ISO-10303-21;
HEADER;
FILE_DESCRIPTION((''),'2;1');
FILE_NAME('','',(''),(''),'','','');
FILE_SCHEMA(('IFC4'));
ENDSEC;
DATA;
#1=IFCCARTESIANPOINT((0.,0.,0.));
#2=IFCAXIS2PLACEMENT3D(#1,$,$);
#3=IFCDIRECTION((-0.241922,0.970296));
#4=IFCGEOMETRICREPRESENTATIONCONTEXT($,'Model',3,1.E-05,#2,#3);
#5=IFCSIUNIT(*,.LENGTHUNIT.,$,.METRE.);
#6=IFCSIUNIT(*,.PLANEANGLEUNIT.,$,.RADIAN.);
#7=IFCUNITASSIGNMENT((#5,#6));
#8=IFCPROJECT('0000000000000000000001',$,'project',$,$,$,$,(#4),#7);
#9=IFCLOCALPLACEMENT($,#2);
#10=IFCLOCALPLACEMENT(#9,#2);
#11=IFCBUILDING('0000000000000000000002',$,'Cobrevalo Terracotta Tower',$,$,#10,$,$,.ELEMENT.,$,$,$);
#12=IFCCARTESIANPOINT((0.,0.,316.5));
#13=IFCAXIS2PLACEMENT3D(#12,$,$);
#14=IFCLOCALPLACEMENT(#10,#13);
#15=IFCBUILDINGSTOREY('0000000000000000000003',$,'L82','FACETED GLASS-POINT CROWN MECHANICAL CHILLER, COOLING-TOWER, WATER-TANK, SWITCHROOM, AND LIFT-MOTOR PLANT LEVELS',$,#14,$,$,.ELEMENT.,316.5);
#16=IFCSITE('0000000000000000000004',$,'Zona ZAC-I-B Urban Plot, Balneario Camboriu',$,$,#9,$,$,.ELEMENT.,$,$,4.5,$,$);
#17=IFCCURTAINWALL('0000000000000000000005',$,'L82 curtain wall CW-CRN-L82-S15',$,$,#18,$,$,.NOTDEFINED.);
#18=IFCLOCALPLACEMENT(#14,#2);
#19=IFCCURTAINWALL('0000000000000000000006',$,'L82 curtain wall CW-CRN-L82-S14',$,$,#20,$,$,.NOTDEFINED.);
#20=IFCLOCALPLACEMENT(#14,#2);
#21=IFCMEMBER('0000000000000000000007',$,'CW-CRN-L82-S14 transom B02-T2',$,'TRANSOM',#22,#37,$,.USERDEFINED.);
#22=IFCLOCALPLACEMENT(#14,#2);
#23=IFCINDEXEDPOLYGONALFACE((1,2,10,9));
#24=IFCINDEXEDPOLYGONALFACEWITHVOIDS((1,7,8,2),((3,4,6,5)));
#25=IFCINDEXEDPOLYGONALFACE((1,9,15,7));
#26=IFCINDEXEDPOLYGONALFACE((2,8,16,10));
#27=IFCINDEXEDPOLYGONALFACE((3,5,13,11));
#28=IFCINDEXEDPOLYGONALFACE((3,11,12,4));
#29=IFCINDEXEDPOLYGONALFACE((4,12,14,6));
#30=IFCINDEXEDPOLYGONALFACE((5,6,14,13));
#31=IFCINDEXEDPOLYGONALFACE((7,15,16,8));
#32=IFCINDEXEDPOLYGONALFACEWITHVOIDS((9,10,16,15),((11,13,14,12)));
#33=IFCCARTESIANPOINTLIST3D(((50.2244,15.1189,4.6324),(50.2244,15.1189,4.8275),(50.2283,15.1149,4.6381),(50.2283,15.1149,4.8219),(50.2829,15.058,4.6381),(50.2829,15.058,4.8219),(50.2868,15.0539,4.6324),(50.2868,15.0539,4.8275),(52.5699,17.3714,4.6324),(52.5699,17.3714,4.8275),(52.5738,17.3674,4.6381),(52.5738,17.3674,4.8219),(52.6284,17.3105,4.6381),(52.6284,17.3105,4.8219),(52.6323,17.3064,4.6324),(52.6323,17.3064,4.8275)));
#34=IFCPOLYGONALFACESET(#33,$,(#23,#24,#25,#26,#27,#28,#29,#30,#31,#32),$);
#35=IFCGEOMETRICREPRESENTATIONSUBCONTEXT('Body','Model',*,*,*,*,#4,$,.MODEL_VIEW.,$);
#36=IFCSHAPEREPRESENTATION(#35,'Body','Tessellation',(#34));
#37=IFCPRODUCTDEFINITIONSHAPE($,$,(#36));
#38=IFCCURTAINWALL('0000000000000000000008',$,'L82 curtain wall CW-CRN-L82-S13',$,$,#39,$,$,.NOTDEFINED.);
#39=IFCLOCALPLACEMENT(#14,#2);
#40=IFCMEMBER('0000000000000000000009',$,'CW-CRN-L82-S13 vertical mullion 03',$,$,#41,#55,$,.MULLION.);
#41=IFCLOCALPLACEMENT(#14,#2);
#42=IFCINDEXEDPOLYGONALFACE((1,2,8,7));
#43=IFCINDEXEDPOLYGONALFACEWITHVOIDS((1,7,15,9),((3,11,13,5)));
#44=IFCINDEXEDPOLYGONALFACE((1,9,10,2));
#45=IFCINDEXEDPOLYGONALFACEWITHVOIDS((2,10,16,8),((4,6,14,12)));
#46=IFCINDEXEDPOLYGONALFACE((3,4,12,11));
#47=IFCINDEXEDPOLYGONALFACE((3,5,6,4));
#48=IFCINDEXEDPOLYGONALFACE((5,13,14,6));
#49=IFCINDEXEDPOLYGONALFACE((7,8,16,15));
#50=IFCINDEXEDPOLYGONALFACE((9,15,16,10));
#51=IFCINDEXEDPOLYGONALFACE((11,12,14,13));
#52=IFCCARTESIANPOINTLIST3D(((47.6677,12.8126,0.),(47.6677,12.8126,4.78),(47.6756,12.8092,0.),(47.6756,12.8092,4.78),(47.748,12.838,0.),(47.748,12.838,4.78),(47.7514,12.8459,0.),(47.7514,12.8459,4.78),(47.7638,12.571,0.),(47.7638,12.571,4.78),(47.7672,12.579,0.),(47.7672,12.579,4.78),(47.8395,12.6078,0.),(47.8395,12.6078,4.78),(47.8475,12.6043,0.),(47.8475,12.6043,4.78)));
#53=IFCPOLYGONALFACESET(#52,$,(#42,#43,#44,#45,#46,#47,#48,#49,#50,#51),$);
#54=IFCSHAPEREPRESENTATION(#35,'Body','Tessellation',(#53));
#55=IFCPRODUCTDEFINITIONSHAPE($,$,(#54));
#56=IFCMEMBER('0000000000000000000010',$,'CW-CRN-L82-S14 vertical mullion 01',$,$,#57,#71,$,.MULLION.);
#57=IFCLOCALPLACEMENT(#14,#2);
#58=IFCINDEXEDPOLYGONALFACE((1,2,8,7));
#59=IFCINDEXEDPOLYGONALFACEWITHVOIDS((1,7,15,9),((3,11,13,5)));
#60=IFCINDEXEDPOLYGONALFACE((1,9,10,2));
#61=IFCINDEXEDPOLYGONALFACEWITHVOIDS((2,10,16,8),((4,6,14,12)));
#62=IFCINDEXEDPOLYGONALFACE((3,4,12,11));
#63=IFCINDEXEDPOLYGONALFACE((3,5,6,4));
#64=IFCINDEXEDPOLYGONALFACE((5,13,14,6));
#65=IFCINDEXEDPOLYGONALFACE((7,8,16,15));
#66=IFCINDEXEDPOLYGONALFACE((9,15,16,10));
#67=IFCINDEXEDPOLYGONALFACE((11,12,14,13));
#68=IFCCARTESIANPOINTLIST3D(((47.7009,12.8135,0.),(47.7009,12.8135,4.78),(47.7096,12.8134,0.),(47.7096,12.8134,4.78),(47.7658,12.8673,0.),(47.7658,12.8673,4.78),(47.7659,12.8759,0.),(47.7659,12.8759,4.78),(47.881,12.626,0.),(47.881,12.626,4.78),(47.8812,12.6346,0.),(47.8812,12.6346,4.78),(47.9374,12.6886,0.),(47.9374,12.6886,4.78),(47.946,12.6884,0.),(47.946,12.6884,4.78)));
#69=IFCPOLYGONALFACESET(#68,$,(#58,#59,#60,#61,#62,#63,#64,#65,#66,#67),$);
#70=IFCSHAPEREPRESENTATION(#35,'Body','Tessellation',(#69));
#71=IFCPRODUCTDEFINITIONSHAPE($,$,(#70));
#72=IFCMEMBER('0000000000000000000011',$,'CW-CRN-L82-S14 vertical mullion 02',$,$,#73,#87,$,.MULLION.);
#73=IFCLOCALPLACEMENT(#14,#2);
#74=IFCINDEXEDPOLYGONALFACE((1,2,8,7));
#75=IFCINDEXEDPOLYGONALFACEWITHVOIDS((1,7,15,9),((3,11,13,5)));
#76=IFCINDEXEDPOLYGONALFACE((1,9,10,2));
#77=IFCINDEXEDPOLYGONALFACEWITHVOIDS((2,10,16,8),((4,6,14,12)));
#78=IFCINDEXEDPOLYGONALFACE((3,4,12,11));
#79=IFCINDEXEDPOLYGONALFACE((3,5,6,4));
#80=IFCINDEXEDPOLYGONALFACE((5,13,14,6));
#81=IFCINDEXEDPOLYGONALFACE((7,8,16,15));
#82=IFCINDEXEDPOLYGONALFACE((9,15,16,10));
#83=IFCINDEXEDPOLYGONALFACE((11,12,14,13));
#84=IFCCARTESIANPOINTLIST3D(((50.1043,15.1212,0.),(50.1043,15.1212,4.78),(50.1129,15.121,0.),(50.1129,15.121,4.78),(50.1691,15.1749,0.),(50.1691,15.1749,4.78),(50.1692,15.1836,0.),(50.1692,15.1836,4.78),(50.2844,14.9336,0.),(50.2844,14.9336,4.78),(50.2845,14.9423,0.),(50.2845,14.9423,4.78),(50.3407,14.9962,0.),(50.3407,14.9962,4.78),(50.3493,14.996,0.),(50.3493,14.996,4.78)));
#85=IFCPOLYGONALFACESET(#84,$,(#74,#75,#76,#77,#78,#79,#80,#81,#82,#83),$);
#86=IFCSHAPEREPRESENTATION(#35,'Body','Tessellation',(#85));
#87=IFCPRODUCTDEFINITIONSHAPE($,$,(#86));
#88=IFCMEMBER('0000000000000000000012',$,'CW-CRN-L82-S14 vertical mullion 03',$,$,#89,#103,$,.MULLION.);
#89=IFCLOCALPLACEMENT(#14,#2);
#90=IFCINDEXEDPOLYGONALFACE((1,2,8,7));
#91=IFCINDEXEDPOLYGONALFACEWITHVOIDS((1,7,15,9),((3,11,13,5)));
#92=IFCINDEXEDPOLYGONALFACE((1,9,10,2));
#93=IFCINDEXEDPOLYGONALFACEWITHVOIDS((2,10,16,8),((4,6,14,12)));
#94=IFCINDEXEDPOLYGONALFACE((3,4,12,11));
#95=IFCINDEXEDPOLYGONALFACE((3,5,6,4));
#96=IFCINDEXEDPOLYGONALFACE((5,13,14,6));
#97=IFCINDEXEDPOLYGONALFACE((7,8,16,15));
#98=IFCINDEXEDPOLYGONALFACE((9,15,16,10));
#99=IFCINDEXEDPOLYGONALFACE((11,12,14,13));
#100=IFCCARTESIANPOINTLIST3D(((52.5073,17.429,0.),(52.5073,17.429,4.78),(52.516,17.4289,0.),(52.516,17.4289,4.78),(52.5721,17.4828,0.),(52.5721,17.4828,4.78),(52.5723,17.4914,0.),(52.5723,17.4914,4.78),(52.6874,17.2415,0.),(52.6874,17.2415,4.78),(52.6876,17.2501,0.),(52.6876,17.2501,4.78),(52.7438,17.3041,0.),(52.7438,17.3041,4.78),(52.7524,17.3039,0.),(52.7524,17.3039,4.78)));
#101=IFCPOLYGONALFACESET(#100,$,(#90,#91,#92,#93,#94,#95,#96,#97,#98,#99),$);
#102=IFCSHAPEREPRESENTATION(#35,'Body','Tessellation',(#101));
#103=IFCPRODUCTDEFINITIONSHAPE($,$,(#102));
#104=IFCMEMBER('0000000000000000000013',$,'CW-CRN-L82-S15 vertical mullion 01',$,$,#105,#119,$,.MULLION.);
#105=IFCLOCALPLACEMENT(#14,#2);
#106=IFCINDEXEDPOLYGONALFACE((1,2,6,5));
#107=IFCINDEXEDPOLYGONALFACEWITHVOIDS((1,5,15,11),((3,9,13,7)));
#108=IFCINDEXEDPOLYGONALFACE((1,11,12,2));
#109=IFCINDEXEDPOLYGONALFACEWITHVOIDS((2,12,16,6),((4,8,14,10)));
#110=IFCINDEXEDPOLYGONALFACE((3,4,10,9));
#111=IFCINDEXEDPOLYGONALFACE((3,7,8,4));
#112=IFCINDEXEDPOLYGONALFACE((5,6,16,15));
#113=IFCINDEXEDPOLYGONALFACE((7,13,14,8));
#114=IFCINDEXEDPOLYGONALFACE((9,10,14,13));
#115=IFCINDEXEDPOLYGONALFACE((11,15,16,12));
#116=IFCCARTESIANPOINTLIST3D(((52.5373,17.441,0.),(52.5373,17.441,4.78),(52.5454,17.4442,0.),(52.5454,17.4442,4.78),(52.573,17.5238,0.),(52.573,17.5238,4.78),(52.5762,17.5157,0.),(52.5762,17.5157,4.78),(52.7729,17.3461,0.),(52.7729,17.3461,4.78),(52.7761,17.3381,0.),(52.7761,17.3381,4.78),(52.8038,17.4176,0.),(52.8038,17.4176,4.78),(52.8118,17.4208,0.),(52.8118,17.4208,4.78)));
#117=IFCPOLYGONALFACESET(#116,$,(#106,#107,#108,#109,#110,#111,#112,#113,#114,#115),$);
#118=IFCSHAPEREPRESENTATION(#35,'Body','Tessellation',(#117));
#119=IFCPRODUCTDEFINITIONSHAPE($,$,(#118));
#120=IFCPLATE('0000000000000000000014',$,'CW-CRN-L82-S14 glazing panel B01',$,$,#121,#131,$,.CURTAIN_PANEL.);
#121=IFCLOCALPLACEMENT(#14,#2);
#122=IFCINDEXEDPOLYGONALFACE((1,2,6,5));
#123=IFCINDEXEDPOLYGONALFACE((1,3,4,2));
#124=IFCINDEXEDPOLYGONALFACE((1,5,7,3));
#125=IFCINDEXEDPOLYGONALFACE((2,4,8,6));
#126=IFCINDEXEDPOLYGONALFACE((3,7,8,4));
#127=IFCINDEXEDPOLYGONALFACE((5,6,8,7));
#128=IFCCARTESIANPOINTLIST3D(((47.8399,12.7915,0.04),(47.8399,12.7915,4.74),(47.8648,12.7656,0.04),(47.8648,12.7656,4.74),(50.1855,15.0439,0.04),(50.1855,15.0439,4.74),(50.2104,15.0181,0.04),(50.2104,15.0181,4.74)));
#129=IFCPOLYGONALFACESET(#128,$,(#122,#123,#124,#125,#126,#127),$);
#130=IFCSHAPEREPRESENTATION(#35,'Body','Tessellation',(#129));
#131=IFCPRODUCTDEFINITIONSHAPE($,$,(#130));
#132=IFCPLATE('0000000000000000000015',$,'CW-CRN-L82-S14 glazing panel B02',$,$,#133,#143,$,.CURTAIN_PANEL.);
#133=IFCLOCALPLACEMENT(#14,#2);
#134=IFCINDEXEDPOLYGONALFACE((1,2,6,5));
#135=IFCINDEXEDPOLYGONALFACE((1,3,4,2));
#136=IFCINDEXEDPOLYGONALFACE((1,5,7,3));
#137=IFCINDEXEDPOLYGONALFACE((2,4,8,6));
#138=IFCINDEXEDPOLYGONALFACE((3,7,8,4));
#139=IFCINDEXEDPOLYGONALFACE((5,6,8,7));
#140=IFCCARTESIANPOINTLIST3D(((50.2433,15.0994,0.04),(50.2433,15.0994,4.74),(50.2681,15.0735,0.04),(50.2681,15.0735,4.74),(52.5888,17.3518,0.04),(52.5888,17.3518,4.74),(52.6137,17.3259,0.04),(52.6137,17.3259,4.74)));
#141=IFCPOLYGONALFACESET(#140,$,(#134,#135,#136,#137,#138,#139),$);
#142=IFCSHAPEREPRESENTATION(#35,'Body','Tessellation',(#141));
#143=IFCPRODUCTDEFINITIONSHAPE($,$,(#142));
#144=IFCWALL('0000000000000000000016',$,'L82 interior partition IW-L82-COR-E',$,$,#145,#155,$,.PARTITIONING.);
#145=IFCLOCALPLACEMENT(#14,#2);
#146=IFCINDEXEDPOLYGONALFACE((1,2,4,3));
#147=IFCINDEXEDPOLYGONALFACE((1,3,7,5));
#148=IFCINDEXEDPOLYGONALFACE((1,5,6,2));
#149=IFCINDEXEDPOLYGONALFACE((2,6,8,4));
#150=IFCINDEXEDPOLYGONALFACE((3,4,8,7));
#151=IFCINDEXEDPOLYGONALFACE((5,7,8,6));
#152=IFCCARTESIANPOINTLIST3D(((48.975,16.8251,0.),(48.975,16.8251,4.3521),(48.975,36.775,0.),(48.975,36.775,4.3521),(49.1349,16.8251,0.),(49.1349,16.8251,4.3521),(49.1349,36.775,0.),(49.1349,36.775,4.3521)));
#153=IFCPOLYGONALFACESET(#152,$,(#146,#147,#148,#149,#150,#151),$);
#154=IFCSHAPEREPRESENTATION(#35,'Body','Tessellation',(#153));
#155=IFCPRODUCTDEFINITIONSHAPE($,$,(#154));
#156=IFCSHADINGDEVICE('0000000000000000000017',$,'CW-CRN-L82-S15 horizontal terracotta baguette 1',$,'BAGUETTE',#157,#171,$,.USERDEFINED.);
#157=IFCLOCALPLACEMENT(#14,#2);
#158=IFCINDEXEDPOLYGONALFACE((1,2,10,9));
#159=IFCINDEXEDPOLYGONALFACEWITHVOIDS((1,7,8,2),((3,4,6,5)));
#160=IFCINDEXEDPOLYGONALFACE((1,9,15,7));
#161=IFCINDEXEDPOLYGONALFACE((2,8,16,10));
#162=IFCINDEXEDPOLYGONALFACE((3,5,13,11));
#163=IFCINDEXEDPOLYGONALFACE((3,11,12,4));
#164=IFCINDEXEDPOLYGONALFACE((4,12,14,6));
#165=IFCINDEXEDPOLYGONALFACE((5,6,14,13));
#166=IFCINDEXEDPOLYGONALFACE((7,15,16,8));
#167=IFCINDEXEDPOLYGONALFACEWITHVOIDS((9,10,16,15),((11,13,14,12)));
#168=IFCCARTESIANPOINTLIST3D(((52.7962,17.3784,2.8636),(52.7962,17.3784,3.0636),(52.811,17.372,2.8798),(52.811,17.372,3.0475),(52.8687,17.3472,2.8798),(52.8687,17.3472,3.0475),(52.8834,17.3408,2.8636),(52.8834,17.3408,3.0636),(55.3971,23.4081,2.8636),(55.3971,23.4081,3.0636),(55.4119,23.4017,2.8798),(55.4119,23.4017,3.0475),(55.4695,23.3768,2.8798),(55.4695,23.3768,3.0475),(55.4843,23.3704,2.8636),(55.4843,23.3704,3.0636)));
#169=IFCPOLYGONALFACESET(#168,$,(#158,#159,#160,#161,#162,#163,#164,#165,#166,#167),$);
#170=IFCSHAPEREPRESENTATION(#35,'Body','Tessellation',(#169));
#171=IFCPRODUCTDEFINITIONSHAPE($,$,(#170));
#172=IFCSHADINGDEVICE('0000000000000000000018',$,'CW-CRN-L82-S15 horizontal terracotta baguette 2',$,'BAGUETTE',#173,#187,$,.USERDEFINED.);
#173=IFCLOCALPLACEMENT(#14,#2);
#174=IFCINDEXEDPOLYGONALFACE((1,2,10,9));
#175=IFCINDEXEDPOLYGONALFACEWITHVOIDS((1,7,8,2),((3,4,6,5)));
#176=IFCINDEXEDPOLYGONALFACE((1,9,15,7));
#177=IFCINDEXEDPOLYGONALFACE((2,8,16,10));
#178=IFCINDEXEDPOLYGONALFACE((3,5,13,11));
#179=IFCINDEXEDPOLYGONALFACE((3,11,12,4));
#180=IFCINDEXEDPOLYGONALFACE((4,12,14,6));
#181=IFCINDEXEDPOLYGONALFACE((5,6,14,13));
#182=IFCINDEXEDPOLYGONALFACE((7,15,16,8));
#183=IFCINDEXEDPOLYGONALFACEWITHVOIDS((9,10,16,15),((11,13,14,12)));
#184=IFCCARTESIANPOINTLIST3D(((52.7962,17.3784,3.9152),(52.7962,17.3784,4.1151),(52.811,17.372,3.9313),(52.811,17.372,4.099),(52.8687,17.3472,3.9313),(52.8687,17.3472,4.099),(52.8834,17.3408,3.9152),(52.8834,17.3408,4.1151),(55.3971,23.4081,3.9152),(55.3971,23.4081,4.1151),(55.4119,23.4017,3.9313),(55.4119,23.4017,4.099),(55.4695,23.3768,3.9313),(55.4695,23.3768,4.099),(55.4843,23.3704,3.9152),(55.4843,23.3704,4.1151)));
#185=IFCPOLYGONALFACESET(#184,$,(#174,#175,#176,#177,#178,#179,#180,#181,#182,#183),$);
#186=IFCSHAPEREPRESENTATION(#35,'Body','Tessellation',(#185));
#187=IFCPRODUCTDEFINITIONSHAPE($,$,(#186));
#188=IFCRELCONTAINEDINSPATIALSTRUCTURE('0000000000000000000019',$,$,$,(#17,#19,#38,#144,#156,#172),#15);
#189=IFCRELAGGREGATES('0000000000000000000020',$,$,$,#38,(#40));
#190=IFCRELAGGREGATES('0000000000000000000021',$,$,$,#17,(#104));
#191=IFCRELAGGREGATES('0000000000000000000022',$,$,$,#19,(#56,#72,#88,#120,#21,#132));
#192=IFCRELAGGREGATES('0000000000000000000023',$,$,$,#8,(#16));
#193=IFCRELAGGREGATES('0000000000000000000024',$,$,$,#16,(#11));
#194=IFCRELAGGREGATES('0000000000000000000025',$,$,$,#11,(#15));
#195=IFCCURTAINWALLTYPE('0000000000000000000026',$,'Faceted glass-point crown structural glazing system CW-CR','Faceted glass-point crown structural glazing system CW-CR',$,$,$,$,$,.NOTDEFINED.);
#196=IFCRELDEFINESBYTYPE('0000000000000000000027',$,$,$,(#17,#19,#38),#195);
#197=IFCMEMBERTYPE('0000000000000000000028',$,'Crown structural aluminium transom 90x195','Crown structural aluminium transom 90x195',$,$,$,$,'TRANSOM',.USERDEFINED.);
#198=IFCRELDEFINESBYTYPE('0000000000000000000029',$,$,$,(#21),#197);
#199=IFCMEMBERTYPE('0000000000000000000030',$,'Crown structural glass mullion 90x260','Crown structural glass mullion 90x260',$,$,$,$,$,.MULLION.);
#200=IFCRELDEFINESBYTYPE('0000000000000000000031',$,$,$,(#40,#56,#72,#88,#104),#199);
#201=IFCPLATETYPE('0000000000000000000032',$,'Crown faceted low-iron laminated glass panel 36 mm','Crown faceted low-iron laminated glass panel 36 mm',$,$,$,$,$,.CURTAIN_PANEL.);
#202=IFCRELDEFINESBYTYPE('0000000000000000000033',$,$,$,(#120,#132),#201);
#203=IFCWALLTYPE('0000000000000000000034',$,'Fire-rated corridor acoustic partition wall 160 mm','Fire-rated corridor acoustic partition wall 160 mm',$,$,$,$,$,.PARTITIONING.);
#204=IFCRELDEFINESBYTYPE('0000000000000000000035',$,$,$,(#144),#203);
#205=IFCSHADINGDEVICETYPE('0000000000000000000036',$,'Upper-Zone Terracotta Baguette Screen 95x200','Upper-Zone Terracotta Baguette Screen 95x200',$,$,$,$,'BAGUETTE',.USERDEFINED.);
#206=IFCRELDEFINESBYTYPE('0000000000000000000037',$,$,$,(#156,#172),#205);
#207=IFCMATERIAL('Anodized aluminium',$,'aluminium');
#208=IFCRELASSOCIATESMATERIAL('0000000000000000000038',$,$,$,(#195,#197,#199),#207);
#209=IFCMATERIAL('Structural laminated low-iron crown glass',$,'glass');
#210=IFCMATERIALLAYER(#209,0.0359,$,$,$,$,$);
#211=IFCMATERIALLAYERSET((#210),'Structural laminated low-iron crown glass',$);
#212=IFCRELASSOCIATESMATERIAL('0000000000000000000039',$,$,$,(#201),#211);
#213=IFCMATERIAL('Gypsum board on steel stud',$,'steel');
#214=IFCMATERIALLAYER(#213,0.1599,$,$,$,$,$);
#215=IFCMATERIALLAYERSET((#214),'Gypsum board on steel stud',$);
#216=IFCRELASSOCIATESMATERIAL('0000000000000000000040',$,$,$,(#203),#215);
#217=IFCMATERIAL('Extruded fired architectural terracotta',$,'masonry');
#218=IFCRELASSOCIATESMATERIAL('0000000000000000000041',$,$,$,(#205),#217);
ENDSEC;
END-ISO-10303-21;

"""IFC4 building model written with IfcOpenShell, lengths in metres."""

from ifc_helpers import new_model, si_unit, direction, frame, frame_2d, origin, origin_2d, place, context, subcontext, project, spatial, rectangle, hollow_rectangle, extrude, source, transform, mapped, material, layer, layer_set, material_profile, profile_set, type_object, element, aggregate, save


model = new_model("IFC4")

# Units and contexts
model_context = context("Model", 3, precision=1e-05, world=origin(), true_north=direction((-0.241922, 0.970296)))
body_context = subcontext(model_context, "Body", "Model", "MODEL_VIEW")
ifc_project = project(units=[si_unit("LENGTHUNIT", "METRE"), si_unit("PLANEANGLEUNIT", "RADIAN")], contexts=[model_context])

# Site, building, storey
site_placement = place(None, origin())
site = spatial("IfcSite", under=ifc_project, at=site_placement, Name="Zona ZAC-I-B Urban Plot, Balneario Camboriu", CompositionType="ELEMENT", RefElevation=4.5)
building_placement = place(site_placement, origin())
building = spatial("IfcBuilding", under=site, at=building_placement, Name="Cobrevalo Terracotta Tower", CompositionType="ELEMENT")
storey_placement = place(building_placement, frame((0.0, 0.0, 316.5)))
storey = spatial("IfcBuildingStorey", under=building, at=storey_placement, Name="L82", Description="FACETED GLASS-POINT CROWN MECHANICAL CHILLER, COOLING-TOWER, WATER-TANK, SWITCHROOM, AND LIFT-MOTOR PLANT LEVELS", CompositionType="ELEMENT", Elevation=316.5)

# Curtain walls, member
ifc_material_1 = material(Name="Anodized aluminium", Category="aluminium")
curtain_wall_type = type_object("IfcCurtainWallType", Name="Faceted glass-point crown structural glazing system CW-CR", Description="Faceted glass-point crown structural glazing system CW-CR", PredefinedType="NOTDEFINED", material=ifc_material_1)
curtain_wall_1_placement = place(storey_placement, origin())
curtain_wall_1 = element("IfcCurtainWall", 1, at=curtain_wall_1_placement, inside=storey, type_object=curtain_wall_type, Name="L82 curtain wall CW-CRN-L82-S15", PredefinedType="NOTDEFINED")
ifc_material_profile_1 = material_profile(ifc_material_1, hollow_rectangle(XDim=0.0901, YDim=0.1951, WallThickness=0.0056, at=origin_2d()), Name="CWT 90x195")
ifc_profile_set_1 = profile_set([ifc_material_profile_1], Name="Anodized aluminium")
member_type_1 = type_object("IfcMemberType", Name="Crown structural aluminium transom 90x195", Description="Crown structural aluminium transom 90x195", ElementType="TRANSOM", PredefinedType="USERDEFINED", material=ifc_profile_set_1)
curtain_wall_2_placement = place(storey_placement, origin())
curtain_wall_2 = element("IfcCurtainWall", 2, at=curtain_wall_2_placement, inside=storey, type_object=curtain_wall_type, Name="L82 curtain wall CW-CRN-L82-S14", PredefinedType="NOTDEFINED")
shared_shape_1 = source(origin(), body_context, "Body", "SweptSolid", [
    extrude(hollow_rectangle(XDim=0.0901, YDim=0.1951, WallThickness=0.0056, at=origin_2d()), origin(), (0.0, 0.0, 1.0), 3.252),
])
member_1_placement = place(storey_placement, frame((50.2556, 15.0864, 4.73), z_axis=(0.721264, 0.69266, 0.0), x_axis=(-0.69266, 0.721264, 0.0)))
member_1 = element("IfcMember", 3, at=member_1_placement, type_object=member_type_1, Name="CW-CRN-L82-S14 transom B02-T2", ObjectType="TRANSOM", PredefinedType="USERDEFINED", context=body_context, shape_type="MappedRepresentation", body=[
    mapped(shared_shape_1, transform((0.0, 0.0, 0.0), scale=1.0)),
])

# Curtain wall, member
curtain_wall_3_placement = place(storey_placement, origin())
curtain_wall_3 = element("IfcCurtainWall", 4, at=curtain_wall_3_placement, inside=storey, type_object=curtain_wall_type, Name="L82 curtain wall CW-CRN-L82-S13", PredefinedType="NOTDEFINED")
ifc_material_profile_2 = material_profile(ifc_material_1, hollow_rectangle(XDim=0.0901, YDim=0.26, WallThickness=0.0061, at=origin_2d()), Name="CWM 90x260")
ifc_profile_set_2 = profile_set([ifc_material_profile_2], Name="Anodized aluminium")
member_type_2 = type_object("IfcMemberType", Name="Crown structural glass mullion 90x260", Description="Crown structural glass mullion 90x260", PredefinedType="MULLION", material=ifc_profile_set_2)
shared_shape_2 = source(origin(), body_context, "Body", "SweptSolid", [
    extrude(hollow_rectangle(XDim=0.0901, YDim=0.26, WallThickness=0.0061, at=origin_2d()), origin(), (0.0, 0.0, 1.0), 4.78),
])
member_2_placement = place(storey_placement, frame((47.7576, 12.7085, 0.0), z_axis=(0.0, 0.0, 1.0), x_axis=(0.929191, 0.369601, 0.0)))
member_2 = element("IfcMember", 5, at=member_2_placement, type_object=member_type_2, Name="CW-CRN-L82-S13 vertical mullion 03", PredefinedType="MULLION", context=body_context, shape_type="MappedRepresentation", body=[
    mapped(shared_shape_2, transform((0.0, 0.0, 0.0), scale=1.0)),
])
aggregate(curtain_wall_3, [member_2])

# Members
member_3_placement = place(storey_placement, frame((47.8235, 12.751, 0.0), z_axis=(0.0, 0.0, 1.0), x_axis=(0.721277, 0.692647, 0.0)))
member_3 = element("IfcMember", 6, at=member_3_placement, type_object=member_type_2, Name="CW-CRN-L82-S14 vertical mullion 01", PredefinedType="MULLION", context=body_context, shape_type="MappedRepresentation", body=[
    mapped(shared_shape_2, transform((0.0, 0.0, 0.0), scale=1.0)),
])
member_4_placement = place(storey_placement, frame((50.2268, 15.0586, 0.0), z_axis=(0.0, 0.0, 1.0), x_axis=(0.721277, 0.692647, 0.0)))
member_4 = element("IfcMember", 7, at=member_4_placement, type_object=member_type_2, Name="CW-CRN-L82-S14 vertical mullion 02", PredefinedType="MULLION", context=body_context, shape_type="MappedRepresentation", body=[
    mapped(shared_shape_2, transform((0.0, 0.0, 0.0), scale=1.0)),
])
member_5_placement = place(storey_placement, frame((52.6299, 17.3665, 0.0), z_axis=(0.0, 0.0, 1.0), x_axis=(0.721277, 0.692647, 0.0)))
member_5 = element("IfcMember", 8, at=member_5_placement, type_object=member_type_2, Name="CW-CRN-L82-S14 vertical mullion 03", PredefinedType="MULLION", context=body_context, shape_type="MappedRepresentation", body=[
    mapped(shared_shape_2, transform((0.0, 0.0, 0.0), scale=1.0)),
])
member_6_placement = place(storey_placement, frame((52.6746, 17.4309, 0.0), z_axis=(0.0, 0.0, 1.0), x_axis=(0.396058, 0.918225, 0.0)))
member_6 = element("IfcMember", 9, at=member_6_placement, type_object=member_type_2, Name="CW-CRN-L82-S15 vertical mullion 01", PredefinedType="MULLION", context=body_context, shape_type="MappedRepresentation", body=[
    mapped(shared_shape_2, transform((0.0, 0.0, 0.0), scale=1.0)),
])
aggregate(curtain_wall_1, [member_6])

# Plates
ifc_material_2 = material(Name="Structural laminated low-iron crown glass", Category="glass")
ifc_layer_1 = layer(ifc_material_2, 0.0359)
ifc_layer_set_1 = layer_set([ifc_layer_1], Name="Structural laminated low-iron crown glass")
plate_type = type_object("IfcPlateType", Name="Crown faceted low-iron laminated glass panel 36 mm", Description="Crown faceted low-iron laminated glass panel 36 mm", PredefinedType="CURTAIN_PANEL", material=ifc_layer_set_1)
shared_shape_3 = source(origin(), body_context, "Body", "SweptSolid", [
    extrude(rectangle(XDim=3.252, YDim=0.0359, at=origin_2d()), origin(), (0.0, 0.0, 1.0), 4.7),
])
plate_1_placement = place(storey_placement, frame((49.0251, 13.9048, 0.04), z_axis=(0.0, 0.0, 1.0), x_axis=(0.72128, 0.692643, 0.0)))
plate_1 = element("IfcPlate", 10, at=plate_1_placement, type_object=plate_type, Name="CW-CRN-L82-S14 glazing panel B01", PredefinedType="CURTAIN_PANEL", context=body_context, shape_type="MappedRepresentation", body=[
    mapped(shared_shape_3, transform((0.0, 0.0, 0.0), scale=1.0)),
])
plate_2_placement = place(storey_placement, frame((51.4285, 16.2126, 0.04), z_axis=(0.0, 0.0, 1.0), x_axis=(0.72128, 0.692643, 0.0)))
plate_2 = element("IfcPlate", 11, at=plate_2_placement, type_object=plate_type, Name="CW-CRN-L82-S14 glazing panel B02", PredefinedType="CURTAIN_PANEL", context=body_context, shape_type="MappedRepresentation", body=[
    mapped(shared_shape_3, transform((0.0, 0.0, 0.0), scale=1.0)),
])
aggregate(curtain_wall_2, [member_3, member_4, member_5, plate_1, member_1, plate_2])

# Wall
ifc_material_3 = material(Name="Gypsum board on steel stud", Category="steel")
ifc_layer_2 = layer(ifc_material_3, 0.1599)
ifc_layer_set_2 = layer_set([ifc_layer_2], Name="Gypsum board on steel stud")
wall_type = type_object("IfcWallType", Name="Fire-rated corridor acoustic partition wall 160 mm", Description="Fire-rated corridor acoustic partition wall 160 mm", PredefinedType="PARTITIONING", material=ifc_layer_set_2)
wall_placement = place(storey_placement, frame((49.0549, 16.825, 0.0), z_axis=(0.0, 0.0, 1.0), x_axis=(0.0, 1.0, 0.0)))
element("IfcWall", 12, at=wall_placement, inside=storey, type_object=wall_type, Name="L82 interior partition IW-L82-COR-E", PredefinedType="PARTITIONING", context=body_context, shape_type="SweptSolid", body=[
    extrude(rectangle(XDim=19.95, YDim=0.1599, at=frame_2d((9.9751, 0.0))), origin(), (0.0, 0.0, 1.0), 4.3521),
])

# Shading devices
ifc_material_4 = material(Name="Extruded fired architectural terracotta", Category="masonry")
ifc_material_profile_3 = material_profile(ifc_material_4, hollow_rectangle(XDim=0.095, YDim=0.2, WallThickness=0.0161, at=origin_2d()), Name="BAGUETTE 95x200")
ifc_profile_set_3 = profile_set([ifc_material_profile_3], Name="Extruded fired architectural terracotta")
shading_device_type = type_object("IfcShadingDeviceType", Name="Upper-Zone Terracotta Baguette Screen 95x200", Description="Upper-Zone Terracotta Baguette Screen 95x200", ElementType="BAGUETTE", PredefinedType="USERDEFINED", material=ifc_profile_set_3)
shared_shape_4 = source(origin(), body_context, "Body", "SweptSolid", [
    extrude(hollow_rectangle(XDim=0.095, YDim=0.2, WallThickness=0.0161, at=origin_2d()), origin(), (0.0, 0.0, 1.0), 6.5667),
])
for number, where, z_axis, x_axis, name in (
    (13, (52.8398, 17.3596, 2.9636), (0.396072, 0.918219, 0.0), (-0.918219, 0.396072, 0.0), "CW-CRN-L82-S15 horizontal terracotta baguette 1"),
    (14, (52.8398, 17.3596, 4.0151), (0.396072, 0.918219, 0.0), (-0.918219, 0.396072, 0.0), "CW-CRN-L82-S15 horizontal terracotta baguette 2"),
):
    element("IfcShadingDevice", number, at=place(storey_placement, frame(where, z_axis=z_axis, x_axis=x_axis)), inside=storey, type_object=shading_device_type, Name=name, ObjectType="BAGUETTE", PredefinedType="USERDEFINED", context=body_context, shape_type="MappedRepresentation", body=[
        mapped(shared_shape_4, transform((0.0, 0.0, 0.0), scale=1.0)),
    ])

save(model, "model.ifc")
